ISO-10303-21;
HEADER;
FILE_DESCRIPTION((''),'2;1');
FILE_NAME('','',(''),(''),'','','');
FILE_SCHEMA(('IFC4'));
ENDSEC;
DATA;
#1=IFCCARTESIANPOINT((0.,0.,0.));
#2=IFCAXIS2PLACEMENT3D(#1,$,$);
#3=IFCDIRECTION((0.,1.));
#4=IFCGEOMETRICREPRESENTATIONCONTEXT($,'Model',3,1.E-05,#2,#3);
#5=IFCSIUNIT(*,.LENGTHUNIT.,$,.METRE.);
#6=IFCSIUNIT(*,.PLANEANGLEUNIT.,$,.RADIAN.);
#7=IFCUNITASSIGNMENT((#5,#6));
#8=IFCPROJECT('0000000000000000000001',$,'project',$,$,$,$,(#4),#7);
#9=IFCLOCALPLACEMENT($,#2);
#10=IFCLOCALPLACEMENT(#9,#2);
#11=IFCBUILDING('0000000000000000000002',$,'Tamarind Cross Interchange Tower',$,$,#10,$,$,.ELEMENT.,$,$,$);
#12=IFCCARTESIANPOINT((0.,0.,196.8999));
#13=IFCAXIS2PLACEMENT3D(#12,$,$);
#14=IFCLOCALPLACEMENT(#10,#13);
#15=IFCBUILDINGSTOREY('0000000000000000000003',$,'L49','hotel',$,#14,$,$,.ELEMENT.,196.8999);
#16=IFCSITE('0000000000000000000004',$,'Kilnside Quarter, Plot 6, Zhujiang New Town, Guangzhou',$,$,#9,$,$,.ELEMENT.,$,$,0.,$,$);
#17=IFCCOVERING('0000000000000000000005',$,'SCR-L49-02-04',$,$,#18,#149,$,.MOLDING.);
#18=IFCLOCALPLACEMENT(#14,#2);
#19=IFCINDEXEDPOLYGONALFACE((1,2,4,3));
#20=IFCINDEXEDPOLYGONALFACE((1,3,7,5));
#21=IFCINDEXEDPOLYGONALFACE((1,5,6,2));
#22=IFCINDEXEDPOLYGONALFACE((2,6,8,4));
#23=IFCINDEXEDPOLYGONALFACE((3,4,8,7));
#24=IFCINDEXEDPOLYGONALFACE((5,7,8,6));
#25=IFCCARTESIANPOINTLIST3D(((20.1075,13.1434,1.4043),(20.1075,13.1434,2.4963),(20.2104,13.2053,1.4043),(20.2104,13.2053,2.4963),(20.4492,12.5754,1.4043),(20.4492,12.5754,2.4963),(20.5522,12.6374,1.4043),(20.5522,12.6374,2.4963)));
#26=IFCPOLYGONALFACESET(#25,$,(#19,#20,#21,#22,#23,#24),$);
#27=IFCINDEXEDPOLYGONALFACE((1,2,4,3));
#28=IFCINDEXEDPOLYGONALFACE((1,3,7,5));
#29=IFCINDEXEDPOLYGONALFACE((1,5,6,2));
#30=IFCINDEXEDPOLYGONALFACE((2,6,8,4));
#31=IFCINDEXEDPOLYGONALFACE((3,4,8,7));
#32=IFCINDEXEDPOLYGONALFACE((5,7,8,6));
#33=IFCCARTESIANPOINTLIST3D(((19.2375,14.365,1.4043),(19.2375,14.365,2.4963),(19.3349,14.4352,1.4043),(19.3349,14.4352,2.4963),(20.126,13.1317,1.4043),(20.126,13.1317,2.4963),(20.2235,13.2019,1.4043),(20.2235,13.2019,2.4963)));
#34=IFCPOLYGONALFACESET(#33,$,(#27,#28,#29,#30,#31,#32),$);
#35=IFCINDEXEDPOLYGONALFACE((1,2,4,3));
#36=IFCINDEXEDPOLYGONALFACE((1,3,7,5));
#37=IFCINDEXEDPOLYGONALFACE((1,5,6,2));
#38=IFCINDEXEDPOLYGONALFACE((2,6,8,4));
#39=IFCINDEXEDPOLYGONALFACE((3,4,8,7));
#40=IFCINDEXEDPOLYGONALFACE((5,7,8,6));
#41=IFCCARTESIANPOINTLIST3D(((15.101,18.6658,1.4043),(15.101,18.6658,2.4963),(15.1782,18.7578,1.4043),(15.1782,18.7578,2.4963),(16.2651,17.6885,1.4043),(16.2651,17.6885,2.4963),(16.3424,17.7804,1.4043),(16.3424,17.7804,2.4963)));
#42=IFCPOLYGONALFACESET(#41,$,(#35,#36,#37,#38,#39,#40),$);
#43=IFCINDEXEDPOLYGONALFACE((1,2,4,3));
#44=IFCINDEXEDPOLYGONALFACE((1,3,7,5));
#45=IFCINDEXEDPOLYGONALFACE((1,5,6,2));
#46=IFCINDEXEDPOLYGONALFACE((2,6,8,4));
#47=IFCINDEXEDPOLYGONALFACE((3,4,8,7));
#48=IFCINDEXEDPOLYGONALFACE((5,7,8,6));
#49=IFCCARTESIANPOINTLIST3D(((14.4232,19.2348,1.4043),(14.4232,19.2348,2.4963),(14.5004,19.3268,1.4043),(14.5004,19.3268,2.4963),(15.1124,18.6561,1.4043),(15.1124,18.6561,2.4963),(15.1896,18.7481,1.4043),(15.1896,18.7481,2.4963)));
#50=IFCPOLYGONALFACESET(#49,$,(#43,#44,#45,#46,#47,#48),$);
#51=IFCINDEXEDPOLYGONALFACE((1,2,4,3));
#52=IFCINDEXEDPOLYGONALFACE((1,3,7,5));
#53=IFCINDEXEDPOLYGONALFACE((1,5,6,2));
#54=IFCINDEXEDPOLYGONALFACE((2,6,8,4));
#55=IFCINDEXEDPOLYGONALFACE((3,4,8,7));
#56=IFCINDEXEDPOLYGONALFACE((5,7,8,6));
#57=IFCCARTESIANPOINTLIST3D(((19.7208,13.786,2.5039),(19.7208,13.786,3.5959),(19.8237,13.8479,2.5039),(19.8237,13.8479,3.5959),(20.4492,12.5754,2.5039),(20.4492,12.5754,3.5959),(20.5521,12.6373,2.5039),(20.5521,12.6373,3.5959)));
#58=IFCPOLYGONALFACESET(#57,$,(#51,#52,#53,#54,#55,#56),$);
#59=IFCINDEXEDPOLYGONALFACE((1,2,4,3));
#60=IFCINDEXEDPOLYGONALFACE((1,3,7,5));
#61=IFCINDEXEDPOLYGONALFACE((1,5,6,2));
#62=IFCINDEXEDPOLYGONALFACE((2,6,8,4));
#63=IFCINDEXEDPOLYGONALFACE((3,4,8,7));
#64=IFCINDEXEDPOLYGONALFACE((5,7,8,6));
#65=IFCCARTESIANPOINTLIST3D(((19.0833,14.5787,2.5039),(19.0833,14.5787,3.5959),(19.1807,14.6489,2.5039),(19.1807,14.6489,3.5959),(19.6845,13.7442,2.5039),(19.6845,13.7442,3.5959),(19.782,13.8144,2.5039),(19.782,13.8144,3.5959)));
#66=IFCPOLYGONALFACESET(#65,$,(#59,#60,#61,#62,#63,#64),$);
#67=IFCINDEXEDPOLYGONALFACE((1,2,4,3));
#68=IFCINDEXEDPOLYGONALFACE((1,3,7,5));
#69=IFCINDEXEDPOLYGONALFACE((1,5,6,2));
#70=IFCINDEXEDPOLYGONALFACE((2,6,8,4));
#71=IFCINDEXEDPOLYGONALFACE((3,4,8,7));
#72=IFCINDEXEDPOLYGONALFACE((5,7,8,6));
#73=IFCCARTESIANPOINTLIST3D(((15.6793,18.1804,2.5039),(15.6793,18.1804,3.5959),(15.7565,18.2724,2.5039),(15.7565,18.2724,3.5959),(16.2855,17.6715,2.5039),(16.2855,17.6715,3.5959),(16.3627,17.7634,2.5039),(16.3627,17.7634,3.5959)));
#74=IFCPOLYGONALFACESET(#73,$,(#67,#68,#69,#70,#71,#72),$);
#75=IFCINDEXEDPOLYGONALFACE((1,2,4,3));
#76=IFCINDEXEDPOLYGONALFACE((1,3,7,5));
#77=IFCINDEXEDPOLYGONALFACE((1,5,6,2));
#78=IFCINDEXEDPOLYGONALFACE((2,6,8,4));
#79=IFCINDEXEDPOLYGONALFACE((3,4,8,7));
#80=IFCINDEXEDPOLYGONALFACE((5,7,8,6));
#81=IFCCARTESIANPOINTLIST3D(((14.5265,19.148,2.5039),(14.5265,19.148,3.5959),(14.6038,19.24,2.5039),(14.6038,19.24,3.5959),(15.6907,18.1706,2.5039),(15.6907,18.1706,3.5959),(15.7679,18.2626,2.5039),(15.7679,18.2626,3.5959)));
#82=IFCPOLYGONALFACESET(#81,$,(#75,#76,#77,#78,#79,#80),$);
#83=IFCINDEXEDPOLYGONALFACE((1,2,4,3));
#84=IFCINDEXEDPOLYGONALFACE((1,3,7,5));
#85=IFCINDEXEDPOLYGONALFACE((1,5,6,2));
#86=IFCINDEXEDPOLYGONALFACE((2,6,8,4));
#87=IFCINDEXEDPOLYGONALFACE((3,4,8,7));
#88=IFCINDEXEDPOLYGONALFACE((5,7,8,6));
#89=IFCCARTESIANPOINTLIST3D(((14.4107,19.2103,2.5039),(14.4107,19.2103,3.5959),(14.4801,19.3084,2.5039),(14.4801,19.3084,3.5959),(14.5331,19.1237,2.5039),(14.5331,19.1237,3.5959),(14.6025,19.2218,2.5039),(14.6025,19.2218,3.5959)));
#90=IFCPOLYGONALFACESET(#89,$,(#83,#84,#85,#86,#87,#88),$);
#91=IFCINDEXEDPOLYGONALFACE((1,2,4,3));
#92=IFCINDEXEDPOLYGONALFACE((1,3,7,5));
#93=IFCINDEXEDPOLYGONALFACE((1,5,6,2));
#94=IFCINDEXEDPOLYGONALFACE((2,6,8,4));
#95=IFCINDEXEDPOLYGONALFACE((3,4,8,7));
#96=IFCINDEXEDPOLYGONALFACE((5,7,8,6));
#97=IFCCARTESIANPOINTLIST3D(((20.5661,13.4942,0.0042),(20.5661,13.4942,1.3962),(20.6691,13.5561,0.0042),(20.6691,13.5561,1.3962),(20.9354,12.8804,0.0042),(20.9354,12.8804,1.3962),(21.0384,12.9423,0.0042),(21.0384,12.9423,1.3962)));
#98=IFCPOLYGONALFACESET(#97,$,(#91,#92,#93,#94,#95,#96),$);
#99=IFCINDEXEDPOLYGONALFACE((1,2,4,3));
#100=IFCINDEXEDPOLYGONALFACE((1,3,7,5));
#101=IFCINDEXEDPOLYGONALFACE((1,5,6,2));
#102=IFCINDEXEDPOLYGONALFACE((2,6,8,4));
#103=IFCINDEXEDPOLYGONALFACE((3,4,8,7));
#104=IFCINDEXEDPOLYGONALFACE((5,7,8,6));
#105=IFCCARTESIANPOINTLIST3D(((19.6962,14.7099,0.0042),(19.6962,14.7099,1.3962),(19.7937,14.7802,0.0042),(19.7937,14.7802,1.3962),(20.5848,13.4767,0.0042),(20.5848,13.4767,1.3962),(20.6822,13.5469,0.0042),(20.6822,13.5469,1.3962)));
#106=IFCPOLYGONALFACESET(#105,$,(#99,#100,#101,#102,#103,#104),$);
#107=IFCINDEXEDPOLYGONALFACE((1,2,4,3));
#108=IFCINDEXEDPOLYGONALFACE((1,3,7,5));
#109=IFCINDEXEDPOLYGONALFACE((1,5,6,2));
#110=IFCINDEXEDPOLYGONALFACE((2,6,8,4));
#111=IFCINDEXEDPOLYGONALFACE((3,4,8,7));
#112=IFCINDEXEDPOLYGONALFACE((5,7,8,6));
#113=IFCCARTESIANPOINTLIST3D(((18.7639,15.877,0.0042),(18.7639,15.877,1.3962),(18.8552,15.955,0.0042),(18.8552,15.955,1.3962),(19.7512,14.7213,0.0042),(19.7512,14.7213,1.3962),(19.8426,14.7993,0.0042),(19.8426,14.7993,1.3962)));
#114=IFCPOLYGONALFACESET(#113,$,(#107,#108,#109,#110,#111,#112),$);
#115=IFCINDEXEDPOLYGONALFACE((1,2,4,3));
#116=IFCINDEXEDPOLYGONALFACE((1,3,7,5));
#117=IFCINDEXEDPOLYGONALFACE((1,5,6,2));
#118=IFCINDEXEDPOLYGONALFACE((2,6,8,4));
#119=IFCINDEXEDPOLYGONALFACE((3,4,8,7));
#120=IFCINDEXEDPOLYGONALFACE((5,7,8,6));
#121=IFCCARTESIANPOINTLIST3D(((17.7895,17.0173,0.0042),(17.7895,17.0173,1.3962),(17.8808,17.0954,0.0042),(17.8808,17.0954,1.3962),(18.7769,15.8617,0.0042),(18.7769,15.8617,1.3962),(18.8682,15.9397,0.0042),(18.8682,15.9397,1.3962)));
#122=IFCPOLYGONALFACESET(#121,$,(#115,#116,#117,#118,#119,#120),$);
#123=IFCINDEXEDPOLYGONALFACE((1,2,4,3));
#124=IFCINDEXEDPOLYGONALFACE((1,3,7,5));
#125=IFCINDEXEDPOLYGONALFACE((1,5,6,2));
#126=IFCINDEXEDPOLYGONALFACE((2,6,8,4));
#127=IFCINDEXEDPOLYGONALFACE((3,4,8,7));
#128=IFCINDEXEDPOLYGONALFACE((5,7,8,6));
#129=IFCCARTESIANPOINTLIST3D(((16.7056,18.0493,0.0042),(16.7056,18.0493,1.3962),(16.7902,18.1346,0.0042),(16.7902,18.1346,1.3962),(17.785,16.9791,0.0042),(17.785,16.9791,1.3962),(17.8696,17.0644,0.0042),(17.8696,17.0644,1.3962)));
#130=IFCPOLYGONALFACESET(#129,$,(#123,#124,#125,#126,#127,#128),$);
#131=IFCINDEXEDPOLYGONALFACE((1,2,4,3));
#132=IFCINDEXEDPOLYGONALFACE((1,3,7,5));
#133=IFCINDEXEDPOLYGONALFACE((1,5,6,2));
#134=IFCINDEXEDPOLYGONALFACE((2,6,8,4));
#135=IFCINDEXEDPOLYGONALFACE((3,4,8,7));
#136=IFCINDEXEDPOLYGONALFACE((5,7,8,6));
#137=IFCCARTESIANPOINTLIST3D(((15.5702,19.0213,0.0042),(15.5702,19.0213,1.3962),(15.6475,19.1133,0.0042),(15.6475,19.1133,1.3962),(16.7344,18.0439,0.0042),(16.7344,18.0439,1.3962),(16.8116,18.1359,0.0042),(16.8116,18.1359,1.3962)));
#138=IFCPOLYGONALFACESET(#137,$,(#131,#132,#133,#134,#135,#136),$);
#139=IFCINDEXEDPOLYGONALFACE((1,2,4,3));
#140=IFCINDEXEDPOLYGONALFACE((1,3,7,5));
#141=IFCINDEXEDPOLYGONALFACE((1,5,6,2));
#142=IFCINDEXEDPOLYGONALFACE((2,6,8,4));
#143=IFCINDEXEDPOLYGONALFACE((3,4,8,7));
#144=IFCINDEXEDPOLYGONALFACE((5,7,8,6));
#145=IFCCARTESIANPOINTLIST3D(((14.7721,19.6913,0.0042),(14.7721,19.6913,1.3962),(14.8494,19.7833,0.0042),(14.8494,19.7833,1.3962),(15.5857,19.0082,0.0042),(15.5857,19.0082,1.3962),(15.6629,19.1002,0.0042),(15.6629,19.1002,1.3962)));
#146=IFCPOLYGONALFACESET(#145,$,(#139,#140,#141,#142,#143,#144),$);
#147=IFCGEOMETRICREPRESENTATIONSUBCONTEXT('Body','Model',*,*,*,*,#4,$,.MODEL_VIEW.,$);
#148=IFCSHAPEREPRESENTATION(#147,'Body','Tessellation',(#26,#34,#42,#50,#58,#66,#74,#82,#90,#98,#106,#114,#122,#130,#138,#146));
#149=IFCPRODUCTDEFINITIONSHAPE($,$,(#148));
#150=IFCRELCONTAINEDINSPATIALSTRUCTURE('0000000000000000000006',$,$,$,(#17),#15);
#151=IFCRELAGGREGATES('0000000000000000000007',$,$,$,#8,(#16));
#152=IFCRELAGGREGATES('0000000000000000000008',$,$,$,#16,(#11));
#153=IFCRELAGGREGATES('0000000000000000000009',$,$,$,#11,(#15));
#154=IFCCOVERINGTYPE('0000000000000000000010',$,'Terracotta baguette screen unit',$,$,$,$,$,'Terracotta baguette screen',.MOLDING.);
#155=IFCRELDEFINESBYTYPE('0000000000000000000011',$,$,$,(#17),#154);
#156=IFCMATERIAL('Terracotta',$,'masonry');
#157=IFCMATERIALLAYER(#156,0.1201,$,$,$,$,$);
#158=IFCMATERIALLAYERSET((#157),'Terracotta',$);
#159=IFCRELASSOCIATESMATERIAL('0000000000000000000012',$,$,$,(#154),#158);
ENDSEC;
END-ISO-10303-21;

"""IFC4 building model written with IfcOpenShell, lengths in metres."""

from ifc_helpers import new_model, si_unit, direction, frame, origin, origin_2d, place, context, subcontext, project, spatial, rectangle, extrude, material, layer, layer_set, type_object, element, save


model = new_model("IFC4")

# Units and contexts
model_context = context("Model", 3, precision=1e-05, world=origin(), true_north=direction((0.0, 1.0)))
body_context = subcontext(model_context, "Body", "Model", "MODEL_VIEW")
ifc_project = project(units=[si_unit("LENGTHUNIT", "METRE"), si_unit("PLANEANGLEUNIT", "RADIAN")], contexts=[model_context])

# Site, building, storey
site_placement = place(None, origin())
site = spatial("IfcSite", under=ifc_project, at=site_placement, Name="Kilnside Quarter, Plot 6, Zhujiang New Town, Guangzhou", CompositionType="ELEMENT", RefElevation=0.0)
building_placement = place(site_placement, origin())
building = spatial("IfcBuilding", under=site, at=building_placement, Name="Tamarind Cross Interchange Tower", CompositionType="ELEMENT")
storey_placement = place(building_placement, frame((0.0, 0.0, 196.8999)))
storey = spatial("IfcBuildingStorey", under=building, at=storey_placement, Name="L49", Description="hotel", CompositionType="ELEMENT", Elevation=196.8999)

# Covering
ifc_material_1 = material(Name="Terracotta", Category="masonry")
ifc_layer_1 = layer(ifc_material_1, 0.1201)
ifc_layer_set_1 = layer_set([ifc_layer_1], Name="Terracotta")
covering_type = type_object("IfcCoveringType", Name="Terracotta baguette screen unit", ElementType="Terracotta baguette screen", PredefinedType="MOLDING", material=ifc_layer_set_1)
covering_1_placement = place(storey_placement, origin())
element("IfcCovering", 1, at=covering_1_placement, inside=storey, type_object=covering_type, Name="SCR-L49-02-04", PredefinedType="MOLDING", context=body_context, shape_type="SweptSolid", body=[
    extrude(rectangle(XDim=0.6628, YDim=0.1201, at=origin_2d()), frame((20.3298, 12.8904, 1.4043), z_axis=(0.0, 0.0, 1.0), x_axis=(-0.515577, 0.856843, 0.0)), (0.0, 0.0, 1.0), 1.092),
    extrude(rectangle(XDim=1.52, YDim=0.1201, at=origin_2d()), frame((19.7305, 13.7834, 1.4043), z_axis=(0.0, 0.0, 1.0), x_axis=(-0.584574, 0.81134, 0.0)), (0.0, 0.0, 1.0), 1.092),
    extrude(rectangle(XDim=1.52, YDim=0.1201, at=origin_2d()), frame((15.7217, 18.2231, 1.4043), z_axis=(0.0, 0.0, 1.0), x_axis=(-0.765858, 0.643009, 0.0)), (0.0, 0.0, 1.0), 1.092),
    extrude(rectangle(XDim=0.8999, YDim=0.1201, at=origin_2d()), frame((14.8064, 18.9915, 1.4043), z_axis=(0.0, 0.0, 1.0), x_axis=(-0.765858, 0.643009, 0.0)), (0.0, 0.0, 1.0), 1.092),
    extrude(rectangle(XDim=1.4128, YDim=0.1201, at=origin_2d()), frame((20.1365, 13.2117, 2.5039), z_axis=(0.0, 0.0, 1.0), x_axis=(-0.515577, 0.856843, 0.0)), (0.0, 0.0, 1.0), 1.092),
    extrude(rectangle(XDim=1.0286, YDim=0.1201, at=origin_2d()), frame((19.4326, 14.1965, 2.5039), z_axis=(0.0, 0.0, 1.0), x_axis=(-0.584574, 0.81134, 0.0)), (0.0, 0.0, 1.0), 1.092),
    extrude(rectangle(XDim=0.7915, YDim=0.1201, at=origin_2d()), frame((16.021, 17.9719, 2.5039), z_axis=(0.0, 0.0, 1.0), x_axis=(-0.765858, 0.643009, 0.0)), (0.0, 0.0, 1.0), 1.092),
    extrude(rectangle(XDim=1.52, YDim=0.1201, at=origin_2d()), frame((15.1472, 18.7053, 2.5039), z_axis=(0.0, 0.0, 1.0), x_axis=(-0.765858, 0.643009, 0.0)), (0.0, 0.0, 1.0), 1.092),
    extrude(rectangle(XDim=0.1499, YDim=0.1201, at=origin_2d()), frame((14.5066, 19.2161, 2.5039), z_axis=(0.0, 0.0, 1.0), x_axis=(-0.816342, 0.577569, 0.0)), (0.0, 0.0, 1.0), 1.092),
    extrude(rectangle(XDim=0.7163, YDim=0.1201, at=origin_2d()), frame((20.8022, 13.2183, 0.0042), z_axis=(0.0, 0.0, 1.0), x_axis=(-0.515577, 0.856843, 0.0)), (0.0, 0.0, 1.0), 1.3921),
    extrude(rectangle(XDim=1.52, YDim=0.1201, at=origin_2d()), frame((20.1892, 14.1284, 0.0042), z_axis=(0.0, 0.0, 1.0), x_axis=(-0.584574, 0.81134, 0.0)), (0.0, 0.0, 1.0), 1.3921),
    extrude(rectangle(XDim=1.52, YDim=0.1201, at=origin_2d()), frame((19.3032, 15.3381, 0.0042), z_axis=(0.0, 0.0, 1.0), x_axis=(-0.649577, 0.760296, 0.0)), (0.0, 0.0, 1.0), 1.3921),
    extrude(rectangle(XDim=1.52, YDim=0.1201, at=origin_2d()), frame((18.3289, 16.4785, 0.0042), z_axis=(0.0, 0.0, 1.0), x_axis=(-0.649577, 0.760296, 0.0)), (0.0, 0.0, 1.0), 1.3921),
    extrude(rectangle(XDim=1.52, YDim=0.1201, at=origin_2d()), frame((17.2876, 17.5569, 0.0042), z_axis=(0.0, 0.0, 1.0), x_axis=(-0.710143, 0.704057, 0.0)), (0.0, 0.0, 1.0), 1.3921),
    extrude(rectangle(XDim=1.52, YDim=0.1201, at=origin_2d()), frame((16.1909, 18.5786, 0.0042), z_axis=(0.0, 0.0, 1.0), x_axis=(-0.765858, 0.643009, 0.0)), (0.0, 0.0, 1.0), 1.3921),
    extrude(rectangle(XDim=1.0623, YDim=0.1201, at=origin_2d()), frame((15.2175, 19.3958, 0.0042), z_axis=(0.0, 0.0, 1.0), x_axis=(-0.765858, 0.643009, 0.0)), (0.0, 0.0, 1.0), 1.3921),
])

save(model, "model.ifc")
